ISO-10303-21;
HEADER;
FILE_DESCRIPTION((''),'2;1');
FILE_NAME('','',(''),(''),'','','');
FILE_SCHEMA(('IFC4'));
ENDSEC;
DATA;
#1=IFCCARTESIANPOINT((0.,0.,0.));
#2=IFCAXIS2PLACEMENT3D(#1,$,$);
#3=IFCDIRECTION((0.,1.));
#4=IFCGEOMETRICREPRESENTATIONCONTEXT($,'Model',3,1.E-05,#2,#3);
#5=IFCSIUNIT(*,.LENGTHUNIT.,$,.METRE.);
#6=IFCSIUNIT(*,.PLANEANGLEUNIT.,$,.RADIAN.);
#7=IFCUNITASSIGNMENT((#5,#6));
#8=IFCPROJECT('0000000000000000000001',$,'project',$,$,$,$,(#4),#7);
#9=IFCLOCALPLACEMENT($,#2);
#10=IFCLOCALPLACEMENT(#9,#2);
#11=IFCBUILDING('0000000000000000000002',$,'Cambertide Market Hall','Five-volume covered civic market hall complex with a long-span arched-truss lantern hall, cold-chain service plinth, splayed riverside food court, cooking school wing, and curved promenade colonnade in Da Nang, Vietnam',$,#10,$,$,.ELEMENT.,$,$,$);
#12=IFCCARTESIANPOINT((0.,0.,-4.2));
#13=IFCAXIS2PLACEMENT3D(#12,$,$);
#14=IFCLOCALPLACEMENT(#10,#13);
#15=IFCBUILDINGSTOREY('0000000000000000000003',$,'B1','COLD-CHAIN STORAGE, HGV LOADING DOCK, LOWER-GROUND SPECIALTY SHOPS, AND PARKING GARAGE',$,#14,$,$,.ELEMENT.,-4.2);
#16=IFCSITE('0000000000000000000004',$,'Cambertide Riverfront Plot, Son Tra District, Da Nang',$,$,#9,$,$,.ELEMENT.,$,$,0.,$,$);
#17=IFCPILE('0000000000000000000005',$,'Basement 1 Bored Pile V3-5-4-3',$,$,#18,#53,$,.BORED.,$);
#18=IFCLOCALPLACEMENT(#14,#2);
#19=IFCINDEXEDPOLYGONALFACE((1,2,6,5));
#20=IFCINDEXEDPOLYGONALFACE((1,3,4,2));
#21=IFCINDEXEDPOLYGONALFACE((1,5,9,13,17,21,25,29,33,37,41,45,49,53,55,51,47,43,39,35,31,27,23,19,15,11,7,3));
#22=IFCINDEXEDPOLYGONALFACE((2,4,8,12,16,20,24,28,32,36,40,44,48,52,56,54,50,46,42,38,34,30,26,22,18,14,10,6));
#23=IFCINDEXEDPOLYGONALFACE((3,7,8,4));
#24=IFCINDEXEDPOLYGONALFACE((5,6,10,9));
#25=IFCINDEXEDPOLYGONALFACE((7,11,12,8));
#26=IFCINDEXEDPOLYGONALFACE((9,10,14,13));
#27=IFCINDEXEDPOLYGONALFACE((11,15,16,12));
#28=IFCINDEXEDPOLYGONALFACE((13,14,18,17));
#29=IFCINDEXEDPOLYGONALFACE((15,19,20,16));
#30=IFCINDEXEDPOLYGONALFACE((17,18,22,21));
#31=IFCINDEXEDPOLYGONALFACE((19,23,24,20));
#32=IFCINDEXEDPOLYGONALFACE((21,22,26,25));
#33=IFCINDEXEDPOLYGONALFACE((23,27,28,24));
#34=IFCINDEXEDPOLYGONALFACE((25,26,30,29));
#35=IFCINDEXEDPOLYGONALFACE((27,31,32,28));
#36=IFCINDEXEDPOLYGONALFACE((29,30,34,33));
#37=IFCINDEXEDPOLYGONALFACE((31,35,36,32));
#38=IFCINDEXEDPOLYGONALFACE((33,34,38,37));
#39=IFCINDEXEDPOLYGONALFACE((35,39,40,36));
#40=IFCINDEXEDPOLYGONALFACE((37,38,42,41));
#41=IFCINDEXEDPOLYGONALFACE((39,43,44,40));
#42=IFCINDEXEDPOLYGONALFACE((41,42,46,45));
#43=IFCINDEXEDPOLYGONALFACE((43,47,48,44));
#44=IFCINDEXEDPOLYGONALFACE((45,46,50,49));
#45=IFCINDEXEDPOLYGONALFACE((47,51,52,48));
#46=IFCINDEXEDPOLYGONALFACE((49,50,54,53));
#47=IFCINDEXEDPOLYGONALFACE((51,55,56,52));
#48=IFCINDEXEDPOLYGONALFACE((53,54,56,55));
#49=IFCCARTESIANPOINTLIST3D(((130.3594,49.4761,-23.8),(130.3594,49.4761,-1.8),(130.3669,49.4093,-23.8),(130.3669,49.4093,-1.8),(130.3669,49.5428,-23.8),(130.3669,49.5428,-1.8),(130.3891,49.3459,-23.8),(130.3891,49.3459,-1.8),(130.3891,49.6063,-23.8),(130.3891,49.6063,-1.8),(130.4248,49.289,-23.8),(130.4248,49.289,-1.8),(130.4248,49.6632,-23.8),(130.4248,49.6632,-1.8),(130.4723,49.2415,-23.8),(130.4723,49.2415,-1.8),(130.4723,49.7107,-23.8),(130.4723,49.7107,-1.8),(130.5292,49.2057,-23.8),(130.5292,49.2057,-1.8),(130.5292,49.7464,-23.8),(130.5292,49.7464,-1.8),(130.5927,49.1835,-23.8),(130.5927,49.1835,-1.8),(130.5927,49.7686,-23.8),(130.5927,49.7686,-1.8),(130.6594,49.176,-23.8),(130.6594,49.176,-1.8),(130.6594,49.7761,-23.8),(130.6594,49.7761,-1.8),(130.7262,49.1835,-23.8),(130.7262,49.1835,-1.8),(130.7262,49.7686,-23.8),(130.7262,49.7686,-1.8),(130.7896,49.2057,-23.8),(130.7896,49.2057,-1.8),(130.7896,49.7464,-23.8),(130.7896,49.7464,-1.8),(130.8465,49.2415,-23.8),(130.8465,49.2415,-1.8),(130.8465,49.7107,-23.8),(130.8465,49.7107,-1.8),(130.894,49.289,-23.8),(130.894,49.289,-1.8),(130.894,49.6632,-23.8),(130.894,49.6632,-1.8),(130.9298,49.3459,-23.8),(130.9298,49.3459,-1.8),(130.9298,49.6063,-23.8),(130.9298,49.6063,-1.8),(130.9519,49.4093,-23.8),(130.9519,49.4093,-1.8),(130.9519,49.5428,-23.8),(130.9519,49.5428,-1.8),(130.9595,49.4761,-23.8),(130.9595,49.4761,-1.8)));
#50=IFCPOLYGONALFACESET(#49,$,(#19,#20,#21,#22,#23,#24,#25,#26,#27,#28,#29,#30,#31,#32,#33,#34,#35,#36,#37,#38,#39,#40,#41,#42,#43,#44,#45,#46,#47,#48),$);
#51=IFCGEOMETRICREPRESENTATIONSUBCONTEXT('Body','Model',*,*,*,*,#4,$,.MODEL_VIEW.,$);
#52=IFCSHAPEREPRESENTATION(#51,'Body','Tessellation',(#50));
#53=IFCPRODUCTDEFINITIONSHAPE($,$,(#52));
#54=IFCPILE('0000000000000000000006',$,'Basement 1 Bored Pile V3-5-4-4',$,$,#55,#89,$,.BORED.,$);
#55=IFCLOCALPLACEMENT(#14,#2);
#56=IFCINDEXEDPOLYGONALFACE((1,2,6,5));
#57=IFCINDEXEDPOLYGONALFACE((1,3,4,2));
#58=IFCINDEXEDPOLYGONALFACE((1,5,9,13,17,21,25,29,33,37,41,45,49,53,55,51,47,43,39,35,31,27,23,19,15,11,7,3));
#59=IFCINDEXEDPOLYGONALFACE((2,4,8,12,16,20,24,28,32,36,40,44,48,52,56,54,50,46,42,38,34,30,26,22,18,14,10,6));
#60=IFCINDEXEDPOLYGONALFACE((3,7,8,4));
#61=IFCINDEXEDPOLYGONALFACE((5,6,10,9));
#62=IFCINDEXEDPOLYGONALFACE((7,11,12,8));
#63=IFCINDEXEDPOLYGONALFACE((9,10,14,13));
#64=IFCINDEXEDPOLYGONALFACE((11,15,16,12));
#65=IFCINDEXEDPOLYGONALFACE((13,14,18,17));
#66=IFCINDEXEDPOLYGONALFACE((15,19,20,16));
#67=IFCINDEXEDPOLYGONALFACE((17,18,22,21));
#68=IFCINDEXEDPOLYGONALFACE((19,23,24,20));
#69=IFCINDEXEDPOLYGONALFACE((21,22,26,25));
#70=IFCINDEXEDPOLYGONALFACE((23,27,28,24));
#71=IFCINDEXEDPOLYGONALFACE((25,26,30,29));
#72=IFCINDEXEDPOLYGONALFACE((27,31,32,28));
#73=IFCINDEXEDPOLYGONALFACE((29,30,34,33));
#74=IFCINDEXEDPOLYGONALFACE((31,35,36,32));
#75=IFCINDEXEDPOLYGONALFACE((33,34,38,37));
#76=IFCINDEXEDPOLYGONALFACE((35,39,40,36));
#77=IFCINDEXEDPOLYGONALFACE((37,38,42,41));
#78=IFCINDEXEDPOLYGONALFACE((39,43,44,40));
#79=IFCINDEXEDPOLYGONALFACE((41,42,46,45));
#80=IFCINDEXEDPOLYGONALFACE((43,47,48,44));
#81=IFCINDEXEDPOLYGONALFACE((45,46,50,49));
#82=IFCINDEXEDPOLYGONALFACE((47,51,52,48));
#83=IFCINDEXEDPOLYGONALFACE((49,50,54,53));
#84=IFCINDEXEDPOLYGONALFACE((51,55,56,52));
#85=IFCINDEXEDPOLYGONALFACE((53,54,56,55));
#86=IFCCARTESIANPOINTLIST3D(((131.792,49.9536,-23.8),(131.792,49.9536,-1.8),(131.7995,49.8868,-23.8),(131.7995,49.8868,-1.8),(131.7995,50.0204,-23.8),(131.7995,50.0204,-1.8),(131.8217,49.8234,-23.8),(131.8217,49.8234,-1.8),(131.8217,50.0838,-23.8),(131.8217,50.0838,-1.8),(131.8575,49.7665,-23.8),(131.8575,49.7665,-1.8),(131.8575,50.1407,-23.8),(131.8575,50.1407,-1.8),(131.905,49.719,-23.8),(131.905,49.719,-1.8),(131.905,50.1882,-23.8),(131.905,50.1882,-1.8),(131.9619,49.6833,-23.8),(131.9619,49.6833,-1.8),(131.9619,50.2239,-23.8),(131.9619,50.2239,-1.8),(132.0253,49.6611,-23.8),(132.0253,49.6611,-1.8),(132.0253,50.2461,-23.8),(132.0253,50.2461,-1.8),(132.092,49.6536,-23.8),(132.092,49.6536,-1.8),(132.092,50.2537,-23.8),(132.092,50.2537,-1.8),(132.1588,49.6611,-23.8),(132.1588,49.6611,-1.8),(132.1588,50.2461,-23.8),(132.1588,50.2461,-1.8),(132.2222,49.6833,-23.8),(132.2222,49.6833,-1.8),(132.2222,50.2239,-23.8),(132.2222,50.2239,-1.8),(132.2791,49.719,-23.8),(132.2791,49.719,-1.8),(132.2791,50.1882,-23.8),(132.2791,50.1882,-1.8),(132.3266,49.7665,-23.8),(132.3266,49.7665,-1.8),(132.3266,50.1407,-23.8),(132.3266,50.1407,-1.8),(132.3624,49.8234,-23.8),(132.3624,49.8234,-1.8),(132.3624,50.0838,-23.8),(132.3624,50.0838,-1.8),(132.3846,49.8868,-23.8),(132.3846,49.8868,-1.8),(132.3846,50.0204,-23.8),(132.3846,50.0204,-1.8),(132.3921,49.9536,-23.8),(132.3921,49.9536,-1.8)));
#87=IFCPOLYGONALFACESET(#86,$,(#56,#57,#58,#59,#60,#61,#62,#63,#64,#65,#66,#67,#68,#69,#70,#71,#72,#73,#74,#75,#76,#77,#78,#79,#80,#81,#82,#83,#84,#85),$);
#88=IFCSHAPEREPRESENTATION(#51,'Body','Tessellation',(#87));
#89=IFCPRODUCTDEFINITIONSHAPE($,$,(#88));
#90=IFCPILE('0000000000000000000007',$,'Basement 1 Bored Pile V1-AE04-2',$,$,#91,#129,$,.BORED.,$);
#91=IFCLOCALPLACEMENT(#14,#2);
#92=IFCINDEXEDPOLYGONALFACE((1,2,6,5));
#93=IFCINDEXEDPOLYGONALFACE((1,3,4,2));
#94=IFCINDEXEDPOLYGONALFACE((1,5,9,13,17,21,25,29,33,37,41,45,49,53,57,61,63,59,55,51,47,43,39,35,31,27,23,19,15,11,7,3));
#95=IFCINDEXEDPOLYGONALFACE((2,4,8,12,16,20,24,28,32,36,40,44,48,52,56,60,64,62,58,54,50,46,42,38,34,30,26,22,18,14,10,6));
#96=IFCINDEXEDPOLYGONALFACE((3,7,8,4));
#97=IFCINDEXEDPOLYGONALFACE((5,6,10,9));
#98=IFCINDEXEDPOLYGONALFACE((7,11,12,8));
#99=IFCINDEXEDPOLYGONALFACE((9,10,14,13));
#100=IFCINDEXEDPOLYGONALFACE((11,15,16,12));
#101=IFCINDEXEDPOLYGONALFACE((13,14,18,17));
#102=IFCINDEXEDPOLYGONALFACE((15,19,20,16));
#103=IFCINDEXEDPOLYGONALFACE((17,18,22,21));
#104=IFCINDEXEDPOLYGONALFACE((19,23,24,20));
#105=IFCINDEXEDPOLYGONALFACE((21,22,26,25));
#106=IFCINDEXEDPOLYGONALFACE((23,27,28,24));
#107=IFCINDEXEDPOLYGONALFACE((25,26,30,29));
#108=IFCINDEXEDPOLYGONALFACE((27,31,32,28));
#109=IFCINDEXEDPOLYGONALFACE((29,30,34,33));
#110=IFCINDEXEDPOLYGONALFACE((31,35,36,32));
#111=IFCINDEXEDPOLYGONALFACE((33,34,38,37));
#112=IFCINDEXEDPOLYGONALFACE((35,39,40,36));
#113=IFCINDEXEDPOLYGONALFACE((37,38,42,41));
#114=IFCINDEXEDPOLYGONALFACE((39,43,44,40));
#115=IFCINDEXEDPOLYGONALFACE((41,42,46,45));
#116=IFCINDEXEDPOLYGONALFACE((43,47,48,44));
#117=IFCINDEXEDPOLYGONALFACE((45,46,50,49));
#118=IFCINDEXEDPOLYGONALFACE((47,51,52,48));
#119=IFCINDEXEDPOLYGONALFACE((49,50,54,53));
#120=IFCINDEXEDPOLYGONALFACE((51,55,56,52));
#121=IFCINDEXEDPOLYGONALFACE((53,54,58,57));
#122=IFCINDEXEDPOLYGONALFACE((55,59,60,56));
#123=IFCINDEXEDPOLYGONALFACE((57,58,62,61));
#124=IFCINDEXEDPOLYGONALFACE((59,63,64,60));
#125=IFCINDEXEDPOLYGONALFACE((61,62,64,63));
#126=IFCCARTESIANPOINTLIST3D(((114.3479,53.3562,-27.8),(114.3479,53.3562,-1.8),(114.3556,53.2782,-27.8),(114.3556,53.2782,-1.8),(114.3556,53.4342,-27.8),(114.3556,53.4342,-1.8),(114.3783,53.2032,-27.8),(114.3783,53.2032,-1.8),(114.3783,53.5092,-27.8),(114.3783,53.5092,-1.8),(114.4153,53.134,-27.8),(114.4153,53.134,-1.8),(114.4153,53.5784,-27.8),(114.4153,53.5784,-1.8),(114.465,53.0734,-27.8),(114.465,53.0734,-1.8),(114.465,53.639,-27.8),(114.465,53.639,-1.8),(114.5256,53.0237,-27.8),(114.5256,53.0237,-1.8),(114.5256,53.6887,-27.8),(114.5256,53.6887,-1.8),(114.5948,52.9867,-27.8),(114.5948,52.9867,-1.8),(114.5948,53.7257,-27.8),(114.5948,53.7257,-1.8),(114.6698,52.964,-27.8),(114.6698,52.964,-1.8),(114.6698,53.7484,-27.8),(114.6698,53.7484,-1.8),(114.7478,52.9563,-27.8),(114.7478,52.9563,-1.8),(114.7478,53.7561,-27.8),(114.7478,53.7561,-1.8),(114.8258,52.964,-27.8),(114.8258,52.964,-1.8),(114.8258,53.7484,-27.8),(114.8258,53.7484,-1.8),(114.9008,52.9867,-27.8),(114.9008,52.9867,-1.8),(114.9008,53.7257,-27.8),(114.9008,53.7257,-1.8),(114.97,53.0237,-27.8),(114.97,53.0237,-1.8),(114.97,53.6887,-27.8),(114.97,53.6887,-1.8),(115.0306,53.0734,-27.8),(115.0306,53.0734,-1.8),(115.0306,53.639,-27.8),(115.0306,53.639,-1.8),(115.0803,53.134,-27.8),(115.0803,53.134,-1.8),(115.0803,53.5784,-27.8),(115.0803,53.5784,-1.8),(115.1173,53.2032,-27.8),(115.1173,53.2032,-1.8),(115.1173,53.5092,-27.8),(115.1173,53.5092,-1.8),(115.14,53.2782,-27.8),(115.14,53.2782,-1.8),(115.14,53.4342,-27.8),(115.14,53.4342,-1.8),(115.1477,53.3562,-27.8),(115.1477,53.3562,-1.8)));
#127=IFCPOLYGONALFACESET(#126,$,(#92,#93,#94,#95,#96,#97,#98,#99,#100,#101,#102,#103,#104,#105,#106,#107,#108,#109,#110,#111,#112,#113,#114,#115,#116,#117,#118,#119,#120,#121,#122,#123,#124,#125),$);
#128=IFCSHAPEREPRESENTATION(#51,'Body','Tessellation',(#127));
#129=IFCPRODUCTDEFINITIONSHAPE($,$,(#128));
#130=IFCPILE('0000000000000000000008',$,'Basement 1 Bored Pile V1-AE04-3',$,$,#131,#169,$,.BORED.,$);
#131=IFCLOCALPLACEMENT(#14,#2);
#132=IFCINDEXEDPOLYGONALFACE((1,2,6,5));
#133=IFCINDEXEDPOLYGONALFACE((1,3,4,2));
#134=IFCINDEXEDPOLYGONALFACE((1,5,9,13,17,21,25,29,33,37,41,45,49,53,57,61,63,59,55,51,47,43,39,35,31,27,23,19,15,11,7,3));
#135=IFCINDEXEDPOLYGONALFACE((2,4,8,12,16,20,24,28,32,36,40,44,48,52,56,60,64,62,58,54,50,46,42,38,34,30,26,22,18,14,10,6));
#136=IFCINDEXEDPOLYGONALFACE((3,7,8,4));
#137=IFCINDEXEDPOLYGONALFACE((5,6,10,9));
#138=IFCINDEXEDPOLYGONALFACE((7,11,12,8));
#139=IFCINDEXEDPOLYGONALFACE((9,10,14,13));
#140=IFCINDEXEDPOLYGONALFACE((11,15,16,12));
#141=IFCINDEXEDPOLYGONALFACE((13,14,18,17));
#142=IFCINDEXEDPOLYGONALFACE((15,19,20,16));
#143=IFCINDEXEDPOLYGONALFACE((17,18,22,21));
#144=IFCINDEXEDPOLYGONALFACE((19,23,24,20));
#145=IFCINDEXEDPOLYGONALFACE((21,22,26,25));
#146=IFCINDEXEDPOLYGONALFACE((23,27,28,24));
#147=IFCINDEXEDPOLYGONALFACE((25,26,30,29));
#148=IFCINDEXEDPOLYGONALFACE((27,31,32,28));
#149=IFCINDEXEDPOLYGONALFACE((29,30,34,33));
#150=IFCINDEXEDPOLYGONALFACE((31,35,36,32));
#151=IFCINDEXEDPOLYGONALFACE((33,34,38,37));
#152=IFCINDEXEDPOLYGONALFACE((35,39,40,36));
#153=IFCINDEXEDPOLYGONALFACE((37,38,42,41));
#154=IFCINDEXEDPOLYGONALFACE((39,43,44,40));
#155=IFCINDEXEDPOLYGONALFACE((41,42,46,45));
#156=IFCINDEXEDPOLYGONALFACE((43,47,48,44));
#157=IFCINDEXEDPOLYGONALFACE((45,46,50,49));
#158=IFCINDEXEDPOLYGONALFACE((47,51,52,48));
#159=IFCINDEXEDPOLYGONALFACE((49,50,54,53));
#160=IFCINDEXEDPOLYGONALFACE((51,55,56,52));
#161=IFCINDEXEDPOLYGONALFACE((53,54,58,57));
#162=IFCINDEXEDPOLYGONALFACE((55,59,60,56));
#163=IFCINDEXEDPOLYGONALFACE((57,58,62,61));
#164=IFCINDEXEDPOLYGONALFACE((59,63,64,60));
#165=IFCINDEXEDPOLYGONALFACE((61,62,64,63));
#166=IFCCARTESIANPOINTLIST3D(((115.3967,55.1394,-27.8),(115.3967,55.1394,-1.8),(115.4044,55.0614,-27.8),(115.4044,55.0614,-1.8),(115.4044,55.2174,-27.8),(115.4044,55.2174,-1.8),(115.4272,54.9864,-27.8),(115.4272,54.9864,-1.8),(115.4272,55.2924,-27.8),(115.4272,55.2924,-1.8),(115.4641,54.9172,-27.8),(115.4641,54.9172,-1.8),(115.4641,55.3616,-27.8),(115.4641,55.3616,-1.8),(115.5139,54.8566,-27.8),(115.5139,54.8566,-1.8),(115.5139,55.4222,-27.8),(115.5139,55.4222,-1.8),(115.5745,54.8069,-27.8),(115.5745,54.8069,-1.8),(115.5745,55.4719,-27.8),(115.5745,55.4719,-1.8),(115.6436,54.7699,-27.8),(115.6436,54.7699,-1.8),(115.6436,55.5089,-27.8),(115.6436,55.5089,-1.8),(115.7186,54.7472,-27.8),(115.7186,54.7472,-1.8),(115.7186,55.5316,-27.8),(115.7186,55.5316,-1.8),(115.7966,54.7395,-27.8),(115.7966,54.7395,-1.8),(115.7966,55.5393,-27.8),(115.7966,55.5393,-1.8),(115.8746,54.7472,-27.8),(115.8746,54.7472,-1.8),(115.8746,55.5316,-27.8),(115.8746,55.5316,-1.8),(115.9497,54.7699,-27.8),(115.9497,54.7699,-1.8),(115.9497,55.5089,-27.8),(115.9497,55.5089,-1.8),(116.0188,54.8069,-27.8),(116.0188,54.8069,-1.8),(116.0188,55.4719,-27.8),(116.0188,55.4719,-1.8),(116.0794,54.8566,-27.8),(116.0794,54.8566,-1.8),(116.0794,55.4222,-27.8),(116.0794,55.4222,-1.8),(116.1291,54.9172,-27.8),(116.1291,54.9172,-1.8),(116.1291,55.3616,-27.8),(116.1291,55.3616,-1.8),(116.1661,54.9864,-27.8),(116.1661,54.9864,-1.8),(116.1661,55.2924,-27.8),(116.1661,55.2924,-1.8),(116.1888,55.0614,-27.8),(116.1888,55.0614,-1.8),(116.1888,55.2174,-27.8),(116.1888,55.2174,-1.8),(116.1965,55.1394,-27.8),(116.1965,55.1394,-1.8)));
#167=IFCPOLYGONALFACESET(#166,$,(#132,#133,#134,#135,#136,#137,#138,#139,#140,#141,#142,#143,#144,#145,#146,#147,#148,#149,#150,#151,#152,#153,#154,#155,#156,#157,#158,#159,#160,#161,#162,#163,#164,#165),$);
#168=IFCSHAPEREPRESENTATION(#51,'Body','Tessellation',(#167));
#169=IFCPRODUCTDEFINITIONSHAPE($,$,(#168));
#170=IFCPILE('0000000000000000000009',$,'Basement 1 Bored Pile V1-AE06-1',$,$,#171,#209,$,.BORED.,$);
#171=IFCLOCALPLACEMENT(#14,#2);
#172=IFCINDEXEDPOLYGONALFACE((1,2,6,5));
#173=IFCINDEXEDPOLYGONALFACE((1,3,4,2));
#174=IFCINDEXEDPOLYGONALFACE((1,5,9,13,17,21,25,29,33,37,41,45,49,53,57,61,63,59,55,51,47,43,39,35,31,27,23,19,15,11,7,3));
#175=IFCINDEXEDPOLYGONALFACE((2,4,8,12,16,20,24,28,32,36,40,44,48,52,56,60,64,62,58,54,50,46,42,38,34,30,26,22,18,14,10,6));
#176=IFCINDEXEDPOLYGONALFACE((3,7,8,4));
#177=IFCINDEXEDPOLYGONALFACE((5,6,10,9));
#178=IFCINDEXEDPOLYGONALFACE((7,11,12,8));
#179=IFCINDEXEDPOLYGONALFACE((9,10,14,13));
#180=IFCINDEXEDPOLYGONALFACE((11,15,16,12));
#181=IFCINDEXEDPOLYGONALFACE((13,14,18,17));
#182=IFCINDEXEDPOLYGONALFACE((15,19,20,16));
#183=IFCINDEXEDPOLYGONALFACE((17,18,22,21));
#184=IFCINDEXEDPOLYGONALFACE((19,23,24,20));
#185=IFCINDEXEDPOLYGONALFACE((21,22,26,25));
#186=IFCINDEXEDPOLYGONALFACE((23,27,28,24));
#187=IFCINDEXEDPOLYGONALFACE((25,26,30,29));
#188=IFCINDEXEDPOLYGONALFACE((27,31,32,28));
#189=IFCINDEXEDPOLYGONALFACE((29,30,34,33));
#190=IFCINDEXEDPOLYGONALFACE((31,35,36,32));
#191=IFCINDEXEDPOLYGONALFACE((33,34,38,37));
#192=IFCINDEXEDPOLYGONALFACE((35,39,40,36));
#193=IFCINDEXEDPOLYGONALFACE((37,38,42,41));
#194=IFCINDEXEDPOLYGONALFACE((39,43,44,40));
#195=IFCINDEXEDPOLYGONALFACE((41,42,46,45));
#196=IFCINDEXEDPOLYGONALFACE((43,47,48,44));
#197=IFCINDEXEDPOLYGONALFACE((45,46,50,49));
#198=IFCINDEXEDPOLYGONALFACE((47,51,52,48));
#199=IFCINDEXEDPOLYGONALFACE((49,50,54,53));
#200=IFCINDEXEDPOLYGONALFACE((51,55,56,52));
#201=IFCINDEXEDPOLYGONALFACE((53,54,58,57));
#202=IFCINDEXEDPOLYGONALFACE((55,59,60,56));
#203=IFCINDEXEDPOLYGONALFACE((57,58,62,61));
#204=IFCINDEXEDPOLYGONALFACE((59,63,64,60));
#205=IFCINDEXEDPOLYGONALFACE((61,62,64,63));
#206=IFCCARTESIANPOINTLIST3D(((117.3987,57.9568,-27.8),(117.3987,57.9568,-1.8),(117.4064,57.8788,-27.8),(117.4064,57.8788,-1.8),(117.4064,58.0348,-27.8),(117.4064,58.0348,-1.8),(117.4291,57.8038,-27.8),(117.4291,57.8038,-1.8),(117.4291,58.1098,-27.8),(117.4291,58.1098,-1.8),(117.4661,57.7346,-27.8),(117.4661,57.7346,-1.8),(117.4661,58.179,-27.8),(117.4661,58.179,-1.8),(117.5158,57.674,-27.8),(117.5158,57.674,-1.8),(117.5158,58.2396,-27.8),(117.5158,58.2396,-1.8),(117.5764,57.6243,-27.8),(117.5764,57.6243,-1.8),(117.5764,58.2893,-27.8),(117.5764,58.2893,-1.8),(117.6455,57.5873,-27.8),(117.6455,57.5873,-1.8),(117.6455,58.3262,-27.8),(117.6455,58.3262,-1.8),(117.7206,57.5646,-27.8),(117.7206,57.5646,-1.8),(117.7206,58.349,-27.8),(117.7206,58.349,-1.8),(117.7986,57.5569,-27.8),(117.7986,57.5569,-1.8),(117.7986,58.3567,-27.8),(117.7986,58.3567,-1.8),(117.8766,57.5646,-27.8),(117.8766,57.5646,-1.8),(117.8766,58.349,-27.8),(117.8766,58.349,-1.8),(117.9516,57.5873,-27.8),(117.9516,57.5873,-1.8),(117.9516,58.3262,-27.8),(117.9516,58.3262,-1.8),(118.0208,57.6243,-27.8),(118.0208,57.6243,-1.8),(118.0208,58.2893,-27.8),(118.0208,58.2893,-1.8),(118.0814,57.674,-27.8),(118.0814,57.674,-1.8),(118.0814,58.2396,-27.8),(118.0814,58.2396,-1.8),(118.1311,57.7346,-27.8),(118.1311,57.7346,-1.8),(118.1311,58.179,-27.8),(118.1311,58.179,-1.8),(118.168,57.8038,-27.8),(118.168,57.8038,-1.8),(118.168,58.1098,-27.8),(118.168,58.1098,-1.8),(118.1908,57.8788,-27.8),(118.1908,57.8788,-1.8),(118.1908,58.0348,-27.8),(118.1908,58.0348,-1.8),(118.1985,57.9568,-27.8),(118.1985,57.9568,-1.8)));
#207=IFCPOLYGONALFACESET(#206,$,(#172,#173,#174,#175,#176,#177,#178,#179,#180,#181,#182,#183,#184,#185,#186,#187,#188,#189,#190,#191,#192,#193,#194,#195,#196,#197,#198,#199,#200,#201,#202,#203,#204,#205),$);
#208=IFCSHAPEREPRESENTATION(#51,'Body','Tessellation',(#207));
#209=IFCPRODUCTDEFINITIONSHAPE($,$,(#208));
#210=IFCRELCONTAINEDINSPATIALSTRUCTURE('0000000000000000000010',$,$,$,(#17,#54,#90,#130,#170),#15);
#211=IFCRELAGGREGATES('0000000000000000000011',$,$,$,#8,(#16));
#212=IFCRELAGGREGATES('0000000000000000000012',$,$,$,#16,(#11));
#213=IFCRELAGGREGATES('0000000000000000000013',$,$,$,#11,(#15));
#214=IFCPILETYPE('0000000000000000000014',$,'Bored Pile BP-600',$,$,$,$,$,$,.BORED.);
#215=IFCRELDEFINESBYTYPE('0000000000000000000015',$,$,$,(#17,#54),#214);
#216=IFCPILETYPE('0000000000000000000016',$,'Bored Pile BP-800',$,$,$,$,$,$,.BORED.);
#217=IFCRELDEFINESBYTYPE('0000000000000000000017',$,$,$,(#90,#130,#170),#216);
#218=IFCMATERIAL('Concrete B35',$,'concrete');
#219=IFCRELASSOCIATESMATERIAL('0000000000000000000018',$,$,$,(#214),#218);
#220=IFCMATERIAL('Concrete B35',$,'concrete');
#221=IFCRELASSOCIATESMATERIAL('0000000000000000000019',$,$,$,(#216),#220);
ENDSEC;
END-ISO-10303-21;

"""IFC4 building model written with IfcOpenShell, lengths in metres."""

from ifc_helpers import new_model, si_unit, direction, frame, origin, origin_2d, place, context, subcontext, project, spatial, circle, extrude, material, material_profile, profile_set, type_object, element, save


model = new_model("IFC4")

# Units and contexts
model_context = context("Model", 3, precision=1e-05, world=origin(), true_north=direction((0.0, 1.0)))
body_context = subcontext(model_context, "Body", "Model", "MODEL_VIEW")
ifc_project = project(units=[si_unit("LENGTHUNIT", "METRE"), si_unit("PLANEANGLEUNIT", "RADIAN")], contexts=[model_context])

# Site, building, storey
site_placement = place(None, origin())
site = spatial("IfcSite", under=ifc_project, at=site_placement, Name="Cambertide Riverfront Plot, Son Tra District, Da Nang", CompositionType="ELEMENT", RefElevation=0.0)
building_placement = place(site_placement, origin())
building = spatial("IfcBuilding", under=site, at=building_placement, Name="Cambertide Market Hall", Description="Five-volume covered civic market hall complex with a long-span arched-truss lantern hall, cold-chain service plinth, splayed riverside food court, cooking school wing, and curved promenade colonnade in Da Nang, Vietnam", CompositionType="ELEMENT")
storey_placement = place(building_placement, frame((0.0, 0.0, -4.2)))
storey = spatial("IfcBuildingStorey", under=building, at=storey_placement, Name="B1", Description="COLD-CHAIN STORAGE, HGV LOADING DOCK, LOWER-GROUND SPECIALTY SHOPS, AND PARKING GARAGE", CompositionType="ELEMENT", Elevation=-4.2)

# Piles
ifc_material_1 = material(Name="Concrete B35", Category="concrete")
ifc_material_profile_1 = material_profile(ifc_material_1, circle(Radius=0.3, at=origin_2d()), Name="BP D600")
ifc_profile_set_1 = profile_set([ifc_material_profile_1], Name="Concrete B35")
pile_type_1 = type_object("IfcPileType", Name="Bored Pile BP-600", PredefinedType="BORED", material=ifc_profile_set_1)
for number, where, z_axis, x_axis, name in (
    (1, (130.6594, 49.4761, -1.8), (0.0, 0.0, -1.0), (1.0, 0.0, 0.0), "Basement 1 Bored Pile V3-5-4-3"),
    (2, (132.092, 49.9536, -1.8), (0.0, 0.0, -1.0), (1.0, 0.0, 0.0), "Basement 1 Bored Pile V3-5-4-4"),
):
    element("IfcPile", number, at=place(storey_placement, frame(where, z_axis=z_axis, x_axis=x_axis)), inside=storey, type_object=pile_type_1, Name=name, PredefinedType="BORED", context=body_context, shape_type="SweptSolid", body=[
        extrude(circle(Radius=0.3, at=origin_2d()), origin(), (0.0, 0.0, 1.0), 22.0),
    ])
ifc_material_2 = material(Name="Concrete B35", Category="concrete")
ifc_material_profile_2 = material_profile(ifc_material_2, circle(Radius=0.3999, at=origin_2d()), Name="BP D800")
ifc_profile_set_2 = profile_set([ifc_material_profile_2], Name="Concrete B35")
pile_type_2 = type_object("IfcPileType", Name="Bored Pile BP-800", PredefinedType="BORED", material=ifc_profile_set_2)
for number, where, z_axis, x_axis, name in (
    (3, (114.7478, 53.3562, -1.8), (0.0, 0.0, -1.0), (1.0, 0.0, 0.0), "Basement 1 Bored Pile V1-AE04-2"),
    (4, (115.7966, 55.1394, -1.8), (0.0, 0.0, -1.0), (1.0, 0.0, 0.0), "Basement 1 Bored Pile V1-AE04-3"),
    (5, (117.7986, 57.9568, -1.8), (0.0, 0.0, -1.0), (1.0, 0.0, 0.0), "Basement 1 Bored Pile V1-AE06-1"),
):
    element("IfcPile", number, at=place(storey_placement, frame(where, z_axis=z_axis, x_axis=x_axis)), inside=storey, type_object=pile_type_2, Name=name, PredefinedType="BORED", context=body_context, shape_type="SweptSolid", body=[
        extrude(circle(Radius=0.3999, at=origin_2d()), origin(), (0.0, 0.0, 1.0), 26.0),
    ])

save(model, "model.ifc")
